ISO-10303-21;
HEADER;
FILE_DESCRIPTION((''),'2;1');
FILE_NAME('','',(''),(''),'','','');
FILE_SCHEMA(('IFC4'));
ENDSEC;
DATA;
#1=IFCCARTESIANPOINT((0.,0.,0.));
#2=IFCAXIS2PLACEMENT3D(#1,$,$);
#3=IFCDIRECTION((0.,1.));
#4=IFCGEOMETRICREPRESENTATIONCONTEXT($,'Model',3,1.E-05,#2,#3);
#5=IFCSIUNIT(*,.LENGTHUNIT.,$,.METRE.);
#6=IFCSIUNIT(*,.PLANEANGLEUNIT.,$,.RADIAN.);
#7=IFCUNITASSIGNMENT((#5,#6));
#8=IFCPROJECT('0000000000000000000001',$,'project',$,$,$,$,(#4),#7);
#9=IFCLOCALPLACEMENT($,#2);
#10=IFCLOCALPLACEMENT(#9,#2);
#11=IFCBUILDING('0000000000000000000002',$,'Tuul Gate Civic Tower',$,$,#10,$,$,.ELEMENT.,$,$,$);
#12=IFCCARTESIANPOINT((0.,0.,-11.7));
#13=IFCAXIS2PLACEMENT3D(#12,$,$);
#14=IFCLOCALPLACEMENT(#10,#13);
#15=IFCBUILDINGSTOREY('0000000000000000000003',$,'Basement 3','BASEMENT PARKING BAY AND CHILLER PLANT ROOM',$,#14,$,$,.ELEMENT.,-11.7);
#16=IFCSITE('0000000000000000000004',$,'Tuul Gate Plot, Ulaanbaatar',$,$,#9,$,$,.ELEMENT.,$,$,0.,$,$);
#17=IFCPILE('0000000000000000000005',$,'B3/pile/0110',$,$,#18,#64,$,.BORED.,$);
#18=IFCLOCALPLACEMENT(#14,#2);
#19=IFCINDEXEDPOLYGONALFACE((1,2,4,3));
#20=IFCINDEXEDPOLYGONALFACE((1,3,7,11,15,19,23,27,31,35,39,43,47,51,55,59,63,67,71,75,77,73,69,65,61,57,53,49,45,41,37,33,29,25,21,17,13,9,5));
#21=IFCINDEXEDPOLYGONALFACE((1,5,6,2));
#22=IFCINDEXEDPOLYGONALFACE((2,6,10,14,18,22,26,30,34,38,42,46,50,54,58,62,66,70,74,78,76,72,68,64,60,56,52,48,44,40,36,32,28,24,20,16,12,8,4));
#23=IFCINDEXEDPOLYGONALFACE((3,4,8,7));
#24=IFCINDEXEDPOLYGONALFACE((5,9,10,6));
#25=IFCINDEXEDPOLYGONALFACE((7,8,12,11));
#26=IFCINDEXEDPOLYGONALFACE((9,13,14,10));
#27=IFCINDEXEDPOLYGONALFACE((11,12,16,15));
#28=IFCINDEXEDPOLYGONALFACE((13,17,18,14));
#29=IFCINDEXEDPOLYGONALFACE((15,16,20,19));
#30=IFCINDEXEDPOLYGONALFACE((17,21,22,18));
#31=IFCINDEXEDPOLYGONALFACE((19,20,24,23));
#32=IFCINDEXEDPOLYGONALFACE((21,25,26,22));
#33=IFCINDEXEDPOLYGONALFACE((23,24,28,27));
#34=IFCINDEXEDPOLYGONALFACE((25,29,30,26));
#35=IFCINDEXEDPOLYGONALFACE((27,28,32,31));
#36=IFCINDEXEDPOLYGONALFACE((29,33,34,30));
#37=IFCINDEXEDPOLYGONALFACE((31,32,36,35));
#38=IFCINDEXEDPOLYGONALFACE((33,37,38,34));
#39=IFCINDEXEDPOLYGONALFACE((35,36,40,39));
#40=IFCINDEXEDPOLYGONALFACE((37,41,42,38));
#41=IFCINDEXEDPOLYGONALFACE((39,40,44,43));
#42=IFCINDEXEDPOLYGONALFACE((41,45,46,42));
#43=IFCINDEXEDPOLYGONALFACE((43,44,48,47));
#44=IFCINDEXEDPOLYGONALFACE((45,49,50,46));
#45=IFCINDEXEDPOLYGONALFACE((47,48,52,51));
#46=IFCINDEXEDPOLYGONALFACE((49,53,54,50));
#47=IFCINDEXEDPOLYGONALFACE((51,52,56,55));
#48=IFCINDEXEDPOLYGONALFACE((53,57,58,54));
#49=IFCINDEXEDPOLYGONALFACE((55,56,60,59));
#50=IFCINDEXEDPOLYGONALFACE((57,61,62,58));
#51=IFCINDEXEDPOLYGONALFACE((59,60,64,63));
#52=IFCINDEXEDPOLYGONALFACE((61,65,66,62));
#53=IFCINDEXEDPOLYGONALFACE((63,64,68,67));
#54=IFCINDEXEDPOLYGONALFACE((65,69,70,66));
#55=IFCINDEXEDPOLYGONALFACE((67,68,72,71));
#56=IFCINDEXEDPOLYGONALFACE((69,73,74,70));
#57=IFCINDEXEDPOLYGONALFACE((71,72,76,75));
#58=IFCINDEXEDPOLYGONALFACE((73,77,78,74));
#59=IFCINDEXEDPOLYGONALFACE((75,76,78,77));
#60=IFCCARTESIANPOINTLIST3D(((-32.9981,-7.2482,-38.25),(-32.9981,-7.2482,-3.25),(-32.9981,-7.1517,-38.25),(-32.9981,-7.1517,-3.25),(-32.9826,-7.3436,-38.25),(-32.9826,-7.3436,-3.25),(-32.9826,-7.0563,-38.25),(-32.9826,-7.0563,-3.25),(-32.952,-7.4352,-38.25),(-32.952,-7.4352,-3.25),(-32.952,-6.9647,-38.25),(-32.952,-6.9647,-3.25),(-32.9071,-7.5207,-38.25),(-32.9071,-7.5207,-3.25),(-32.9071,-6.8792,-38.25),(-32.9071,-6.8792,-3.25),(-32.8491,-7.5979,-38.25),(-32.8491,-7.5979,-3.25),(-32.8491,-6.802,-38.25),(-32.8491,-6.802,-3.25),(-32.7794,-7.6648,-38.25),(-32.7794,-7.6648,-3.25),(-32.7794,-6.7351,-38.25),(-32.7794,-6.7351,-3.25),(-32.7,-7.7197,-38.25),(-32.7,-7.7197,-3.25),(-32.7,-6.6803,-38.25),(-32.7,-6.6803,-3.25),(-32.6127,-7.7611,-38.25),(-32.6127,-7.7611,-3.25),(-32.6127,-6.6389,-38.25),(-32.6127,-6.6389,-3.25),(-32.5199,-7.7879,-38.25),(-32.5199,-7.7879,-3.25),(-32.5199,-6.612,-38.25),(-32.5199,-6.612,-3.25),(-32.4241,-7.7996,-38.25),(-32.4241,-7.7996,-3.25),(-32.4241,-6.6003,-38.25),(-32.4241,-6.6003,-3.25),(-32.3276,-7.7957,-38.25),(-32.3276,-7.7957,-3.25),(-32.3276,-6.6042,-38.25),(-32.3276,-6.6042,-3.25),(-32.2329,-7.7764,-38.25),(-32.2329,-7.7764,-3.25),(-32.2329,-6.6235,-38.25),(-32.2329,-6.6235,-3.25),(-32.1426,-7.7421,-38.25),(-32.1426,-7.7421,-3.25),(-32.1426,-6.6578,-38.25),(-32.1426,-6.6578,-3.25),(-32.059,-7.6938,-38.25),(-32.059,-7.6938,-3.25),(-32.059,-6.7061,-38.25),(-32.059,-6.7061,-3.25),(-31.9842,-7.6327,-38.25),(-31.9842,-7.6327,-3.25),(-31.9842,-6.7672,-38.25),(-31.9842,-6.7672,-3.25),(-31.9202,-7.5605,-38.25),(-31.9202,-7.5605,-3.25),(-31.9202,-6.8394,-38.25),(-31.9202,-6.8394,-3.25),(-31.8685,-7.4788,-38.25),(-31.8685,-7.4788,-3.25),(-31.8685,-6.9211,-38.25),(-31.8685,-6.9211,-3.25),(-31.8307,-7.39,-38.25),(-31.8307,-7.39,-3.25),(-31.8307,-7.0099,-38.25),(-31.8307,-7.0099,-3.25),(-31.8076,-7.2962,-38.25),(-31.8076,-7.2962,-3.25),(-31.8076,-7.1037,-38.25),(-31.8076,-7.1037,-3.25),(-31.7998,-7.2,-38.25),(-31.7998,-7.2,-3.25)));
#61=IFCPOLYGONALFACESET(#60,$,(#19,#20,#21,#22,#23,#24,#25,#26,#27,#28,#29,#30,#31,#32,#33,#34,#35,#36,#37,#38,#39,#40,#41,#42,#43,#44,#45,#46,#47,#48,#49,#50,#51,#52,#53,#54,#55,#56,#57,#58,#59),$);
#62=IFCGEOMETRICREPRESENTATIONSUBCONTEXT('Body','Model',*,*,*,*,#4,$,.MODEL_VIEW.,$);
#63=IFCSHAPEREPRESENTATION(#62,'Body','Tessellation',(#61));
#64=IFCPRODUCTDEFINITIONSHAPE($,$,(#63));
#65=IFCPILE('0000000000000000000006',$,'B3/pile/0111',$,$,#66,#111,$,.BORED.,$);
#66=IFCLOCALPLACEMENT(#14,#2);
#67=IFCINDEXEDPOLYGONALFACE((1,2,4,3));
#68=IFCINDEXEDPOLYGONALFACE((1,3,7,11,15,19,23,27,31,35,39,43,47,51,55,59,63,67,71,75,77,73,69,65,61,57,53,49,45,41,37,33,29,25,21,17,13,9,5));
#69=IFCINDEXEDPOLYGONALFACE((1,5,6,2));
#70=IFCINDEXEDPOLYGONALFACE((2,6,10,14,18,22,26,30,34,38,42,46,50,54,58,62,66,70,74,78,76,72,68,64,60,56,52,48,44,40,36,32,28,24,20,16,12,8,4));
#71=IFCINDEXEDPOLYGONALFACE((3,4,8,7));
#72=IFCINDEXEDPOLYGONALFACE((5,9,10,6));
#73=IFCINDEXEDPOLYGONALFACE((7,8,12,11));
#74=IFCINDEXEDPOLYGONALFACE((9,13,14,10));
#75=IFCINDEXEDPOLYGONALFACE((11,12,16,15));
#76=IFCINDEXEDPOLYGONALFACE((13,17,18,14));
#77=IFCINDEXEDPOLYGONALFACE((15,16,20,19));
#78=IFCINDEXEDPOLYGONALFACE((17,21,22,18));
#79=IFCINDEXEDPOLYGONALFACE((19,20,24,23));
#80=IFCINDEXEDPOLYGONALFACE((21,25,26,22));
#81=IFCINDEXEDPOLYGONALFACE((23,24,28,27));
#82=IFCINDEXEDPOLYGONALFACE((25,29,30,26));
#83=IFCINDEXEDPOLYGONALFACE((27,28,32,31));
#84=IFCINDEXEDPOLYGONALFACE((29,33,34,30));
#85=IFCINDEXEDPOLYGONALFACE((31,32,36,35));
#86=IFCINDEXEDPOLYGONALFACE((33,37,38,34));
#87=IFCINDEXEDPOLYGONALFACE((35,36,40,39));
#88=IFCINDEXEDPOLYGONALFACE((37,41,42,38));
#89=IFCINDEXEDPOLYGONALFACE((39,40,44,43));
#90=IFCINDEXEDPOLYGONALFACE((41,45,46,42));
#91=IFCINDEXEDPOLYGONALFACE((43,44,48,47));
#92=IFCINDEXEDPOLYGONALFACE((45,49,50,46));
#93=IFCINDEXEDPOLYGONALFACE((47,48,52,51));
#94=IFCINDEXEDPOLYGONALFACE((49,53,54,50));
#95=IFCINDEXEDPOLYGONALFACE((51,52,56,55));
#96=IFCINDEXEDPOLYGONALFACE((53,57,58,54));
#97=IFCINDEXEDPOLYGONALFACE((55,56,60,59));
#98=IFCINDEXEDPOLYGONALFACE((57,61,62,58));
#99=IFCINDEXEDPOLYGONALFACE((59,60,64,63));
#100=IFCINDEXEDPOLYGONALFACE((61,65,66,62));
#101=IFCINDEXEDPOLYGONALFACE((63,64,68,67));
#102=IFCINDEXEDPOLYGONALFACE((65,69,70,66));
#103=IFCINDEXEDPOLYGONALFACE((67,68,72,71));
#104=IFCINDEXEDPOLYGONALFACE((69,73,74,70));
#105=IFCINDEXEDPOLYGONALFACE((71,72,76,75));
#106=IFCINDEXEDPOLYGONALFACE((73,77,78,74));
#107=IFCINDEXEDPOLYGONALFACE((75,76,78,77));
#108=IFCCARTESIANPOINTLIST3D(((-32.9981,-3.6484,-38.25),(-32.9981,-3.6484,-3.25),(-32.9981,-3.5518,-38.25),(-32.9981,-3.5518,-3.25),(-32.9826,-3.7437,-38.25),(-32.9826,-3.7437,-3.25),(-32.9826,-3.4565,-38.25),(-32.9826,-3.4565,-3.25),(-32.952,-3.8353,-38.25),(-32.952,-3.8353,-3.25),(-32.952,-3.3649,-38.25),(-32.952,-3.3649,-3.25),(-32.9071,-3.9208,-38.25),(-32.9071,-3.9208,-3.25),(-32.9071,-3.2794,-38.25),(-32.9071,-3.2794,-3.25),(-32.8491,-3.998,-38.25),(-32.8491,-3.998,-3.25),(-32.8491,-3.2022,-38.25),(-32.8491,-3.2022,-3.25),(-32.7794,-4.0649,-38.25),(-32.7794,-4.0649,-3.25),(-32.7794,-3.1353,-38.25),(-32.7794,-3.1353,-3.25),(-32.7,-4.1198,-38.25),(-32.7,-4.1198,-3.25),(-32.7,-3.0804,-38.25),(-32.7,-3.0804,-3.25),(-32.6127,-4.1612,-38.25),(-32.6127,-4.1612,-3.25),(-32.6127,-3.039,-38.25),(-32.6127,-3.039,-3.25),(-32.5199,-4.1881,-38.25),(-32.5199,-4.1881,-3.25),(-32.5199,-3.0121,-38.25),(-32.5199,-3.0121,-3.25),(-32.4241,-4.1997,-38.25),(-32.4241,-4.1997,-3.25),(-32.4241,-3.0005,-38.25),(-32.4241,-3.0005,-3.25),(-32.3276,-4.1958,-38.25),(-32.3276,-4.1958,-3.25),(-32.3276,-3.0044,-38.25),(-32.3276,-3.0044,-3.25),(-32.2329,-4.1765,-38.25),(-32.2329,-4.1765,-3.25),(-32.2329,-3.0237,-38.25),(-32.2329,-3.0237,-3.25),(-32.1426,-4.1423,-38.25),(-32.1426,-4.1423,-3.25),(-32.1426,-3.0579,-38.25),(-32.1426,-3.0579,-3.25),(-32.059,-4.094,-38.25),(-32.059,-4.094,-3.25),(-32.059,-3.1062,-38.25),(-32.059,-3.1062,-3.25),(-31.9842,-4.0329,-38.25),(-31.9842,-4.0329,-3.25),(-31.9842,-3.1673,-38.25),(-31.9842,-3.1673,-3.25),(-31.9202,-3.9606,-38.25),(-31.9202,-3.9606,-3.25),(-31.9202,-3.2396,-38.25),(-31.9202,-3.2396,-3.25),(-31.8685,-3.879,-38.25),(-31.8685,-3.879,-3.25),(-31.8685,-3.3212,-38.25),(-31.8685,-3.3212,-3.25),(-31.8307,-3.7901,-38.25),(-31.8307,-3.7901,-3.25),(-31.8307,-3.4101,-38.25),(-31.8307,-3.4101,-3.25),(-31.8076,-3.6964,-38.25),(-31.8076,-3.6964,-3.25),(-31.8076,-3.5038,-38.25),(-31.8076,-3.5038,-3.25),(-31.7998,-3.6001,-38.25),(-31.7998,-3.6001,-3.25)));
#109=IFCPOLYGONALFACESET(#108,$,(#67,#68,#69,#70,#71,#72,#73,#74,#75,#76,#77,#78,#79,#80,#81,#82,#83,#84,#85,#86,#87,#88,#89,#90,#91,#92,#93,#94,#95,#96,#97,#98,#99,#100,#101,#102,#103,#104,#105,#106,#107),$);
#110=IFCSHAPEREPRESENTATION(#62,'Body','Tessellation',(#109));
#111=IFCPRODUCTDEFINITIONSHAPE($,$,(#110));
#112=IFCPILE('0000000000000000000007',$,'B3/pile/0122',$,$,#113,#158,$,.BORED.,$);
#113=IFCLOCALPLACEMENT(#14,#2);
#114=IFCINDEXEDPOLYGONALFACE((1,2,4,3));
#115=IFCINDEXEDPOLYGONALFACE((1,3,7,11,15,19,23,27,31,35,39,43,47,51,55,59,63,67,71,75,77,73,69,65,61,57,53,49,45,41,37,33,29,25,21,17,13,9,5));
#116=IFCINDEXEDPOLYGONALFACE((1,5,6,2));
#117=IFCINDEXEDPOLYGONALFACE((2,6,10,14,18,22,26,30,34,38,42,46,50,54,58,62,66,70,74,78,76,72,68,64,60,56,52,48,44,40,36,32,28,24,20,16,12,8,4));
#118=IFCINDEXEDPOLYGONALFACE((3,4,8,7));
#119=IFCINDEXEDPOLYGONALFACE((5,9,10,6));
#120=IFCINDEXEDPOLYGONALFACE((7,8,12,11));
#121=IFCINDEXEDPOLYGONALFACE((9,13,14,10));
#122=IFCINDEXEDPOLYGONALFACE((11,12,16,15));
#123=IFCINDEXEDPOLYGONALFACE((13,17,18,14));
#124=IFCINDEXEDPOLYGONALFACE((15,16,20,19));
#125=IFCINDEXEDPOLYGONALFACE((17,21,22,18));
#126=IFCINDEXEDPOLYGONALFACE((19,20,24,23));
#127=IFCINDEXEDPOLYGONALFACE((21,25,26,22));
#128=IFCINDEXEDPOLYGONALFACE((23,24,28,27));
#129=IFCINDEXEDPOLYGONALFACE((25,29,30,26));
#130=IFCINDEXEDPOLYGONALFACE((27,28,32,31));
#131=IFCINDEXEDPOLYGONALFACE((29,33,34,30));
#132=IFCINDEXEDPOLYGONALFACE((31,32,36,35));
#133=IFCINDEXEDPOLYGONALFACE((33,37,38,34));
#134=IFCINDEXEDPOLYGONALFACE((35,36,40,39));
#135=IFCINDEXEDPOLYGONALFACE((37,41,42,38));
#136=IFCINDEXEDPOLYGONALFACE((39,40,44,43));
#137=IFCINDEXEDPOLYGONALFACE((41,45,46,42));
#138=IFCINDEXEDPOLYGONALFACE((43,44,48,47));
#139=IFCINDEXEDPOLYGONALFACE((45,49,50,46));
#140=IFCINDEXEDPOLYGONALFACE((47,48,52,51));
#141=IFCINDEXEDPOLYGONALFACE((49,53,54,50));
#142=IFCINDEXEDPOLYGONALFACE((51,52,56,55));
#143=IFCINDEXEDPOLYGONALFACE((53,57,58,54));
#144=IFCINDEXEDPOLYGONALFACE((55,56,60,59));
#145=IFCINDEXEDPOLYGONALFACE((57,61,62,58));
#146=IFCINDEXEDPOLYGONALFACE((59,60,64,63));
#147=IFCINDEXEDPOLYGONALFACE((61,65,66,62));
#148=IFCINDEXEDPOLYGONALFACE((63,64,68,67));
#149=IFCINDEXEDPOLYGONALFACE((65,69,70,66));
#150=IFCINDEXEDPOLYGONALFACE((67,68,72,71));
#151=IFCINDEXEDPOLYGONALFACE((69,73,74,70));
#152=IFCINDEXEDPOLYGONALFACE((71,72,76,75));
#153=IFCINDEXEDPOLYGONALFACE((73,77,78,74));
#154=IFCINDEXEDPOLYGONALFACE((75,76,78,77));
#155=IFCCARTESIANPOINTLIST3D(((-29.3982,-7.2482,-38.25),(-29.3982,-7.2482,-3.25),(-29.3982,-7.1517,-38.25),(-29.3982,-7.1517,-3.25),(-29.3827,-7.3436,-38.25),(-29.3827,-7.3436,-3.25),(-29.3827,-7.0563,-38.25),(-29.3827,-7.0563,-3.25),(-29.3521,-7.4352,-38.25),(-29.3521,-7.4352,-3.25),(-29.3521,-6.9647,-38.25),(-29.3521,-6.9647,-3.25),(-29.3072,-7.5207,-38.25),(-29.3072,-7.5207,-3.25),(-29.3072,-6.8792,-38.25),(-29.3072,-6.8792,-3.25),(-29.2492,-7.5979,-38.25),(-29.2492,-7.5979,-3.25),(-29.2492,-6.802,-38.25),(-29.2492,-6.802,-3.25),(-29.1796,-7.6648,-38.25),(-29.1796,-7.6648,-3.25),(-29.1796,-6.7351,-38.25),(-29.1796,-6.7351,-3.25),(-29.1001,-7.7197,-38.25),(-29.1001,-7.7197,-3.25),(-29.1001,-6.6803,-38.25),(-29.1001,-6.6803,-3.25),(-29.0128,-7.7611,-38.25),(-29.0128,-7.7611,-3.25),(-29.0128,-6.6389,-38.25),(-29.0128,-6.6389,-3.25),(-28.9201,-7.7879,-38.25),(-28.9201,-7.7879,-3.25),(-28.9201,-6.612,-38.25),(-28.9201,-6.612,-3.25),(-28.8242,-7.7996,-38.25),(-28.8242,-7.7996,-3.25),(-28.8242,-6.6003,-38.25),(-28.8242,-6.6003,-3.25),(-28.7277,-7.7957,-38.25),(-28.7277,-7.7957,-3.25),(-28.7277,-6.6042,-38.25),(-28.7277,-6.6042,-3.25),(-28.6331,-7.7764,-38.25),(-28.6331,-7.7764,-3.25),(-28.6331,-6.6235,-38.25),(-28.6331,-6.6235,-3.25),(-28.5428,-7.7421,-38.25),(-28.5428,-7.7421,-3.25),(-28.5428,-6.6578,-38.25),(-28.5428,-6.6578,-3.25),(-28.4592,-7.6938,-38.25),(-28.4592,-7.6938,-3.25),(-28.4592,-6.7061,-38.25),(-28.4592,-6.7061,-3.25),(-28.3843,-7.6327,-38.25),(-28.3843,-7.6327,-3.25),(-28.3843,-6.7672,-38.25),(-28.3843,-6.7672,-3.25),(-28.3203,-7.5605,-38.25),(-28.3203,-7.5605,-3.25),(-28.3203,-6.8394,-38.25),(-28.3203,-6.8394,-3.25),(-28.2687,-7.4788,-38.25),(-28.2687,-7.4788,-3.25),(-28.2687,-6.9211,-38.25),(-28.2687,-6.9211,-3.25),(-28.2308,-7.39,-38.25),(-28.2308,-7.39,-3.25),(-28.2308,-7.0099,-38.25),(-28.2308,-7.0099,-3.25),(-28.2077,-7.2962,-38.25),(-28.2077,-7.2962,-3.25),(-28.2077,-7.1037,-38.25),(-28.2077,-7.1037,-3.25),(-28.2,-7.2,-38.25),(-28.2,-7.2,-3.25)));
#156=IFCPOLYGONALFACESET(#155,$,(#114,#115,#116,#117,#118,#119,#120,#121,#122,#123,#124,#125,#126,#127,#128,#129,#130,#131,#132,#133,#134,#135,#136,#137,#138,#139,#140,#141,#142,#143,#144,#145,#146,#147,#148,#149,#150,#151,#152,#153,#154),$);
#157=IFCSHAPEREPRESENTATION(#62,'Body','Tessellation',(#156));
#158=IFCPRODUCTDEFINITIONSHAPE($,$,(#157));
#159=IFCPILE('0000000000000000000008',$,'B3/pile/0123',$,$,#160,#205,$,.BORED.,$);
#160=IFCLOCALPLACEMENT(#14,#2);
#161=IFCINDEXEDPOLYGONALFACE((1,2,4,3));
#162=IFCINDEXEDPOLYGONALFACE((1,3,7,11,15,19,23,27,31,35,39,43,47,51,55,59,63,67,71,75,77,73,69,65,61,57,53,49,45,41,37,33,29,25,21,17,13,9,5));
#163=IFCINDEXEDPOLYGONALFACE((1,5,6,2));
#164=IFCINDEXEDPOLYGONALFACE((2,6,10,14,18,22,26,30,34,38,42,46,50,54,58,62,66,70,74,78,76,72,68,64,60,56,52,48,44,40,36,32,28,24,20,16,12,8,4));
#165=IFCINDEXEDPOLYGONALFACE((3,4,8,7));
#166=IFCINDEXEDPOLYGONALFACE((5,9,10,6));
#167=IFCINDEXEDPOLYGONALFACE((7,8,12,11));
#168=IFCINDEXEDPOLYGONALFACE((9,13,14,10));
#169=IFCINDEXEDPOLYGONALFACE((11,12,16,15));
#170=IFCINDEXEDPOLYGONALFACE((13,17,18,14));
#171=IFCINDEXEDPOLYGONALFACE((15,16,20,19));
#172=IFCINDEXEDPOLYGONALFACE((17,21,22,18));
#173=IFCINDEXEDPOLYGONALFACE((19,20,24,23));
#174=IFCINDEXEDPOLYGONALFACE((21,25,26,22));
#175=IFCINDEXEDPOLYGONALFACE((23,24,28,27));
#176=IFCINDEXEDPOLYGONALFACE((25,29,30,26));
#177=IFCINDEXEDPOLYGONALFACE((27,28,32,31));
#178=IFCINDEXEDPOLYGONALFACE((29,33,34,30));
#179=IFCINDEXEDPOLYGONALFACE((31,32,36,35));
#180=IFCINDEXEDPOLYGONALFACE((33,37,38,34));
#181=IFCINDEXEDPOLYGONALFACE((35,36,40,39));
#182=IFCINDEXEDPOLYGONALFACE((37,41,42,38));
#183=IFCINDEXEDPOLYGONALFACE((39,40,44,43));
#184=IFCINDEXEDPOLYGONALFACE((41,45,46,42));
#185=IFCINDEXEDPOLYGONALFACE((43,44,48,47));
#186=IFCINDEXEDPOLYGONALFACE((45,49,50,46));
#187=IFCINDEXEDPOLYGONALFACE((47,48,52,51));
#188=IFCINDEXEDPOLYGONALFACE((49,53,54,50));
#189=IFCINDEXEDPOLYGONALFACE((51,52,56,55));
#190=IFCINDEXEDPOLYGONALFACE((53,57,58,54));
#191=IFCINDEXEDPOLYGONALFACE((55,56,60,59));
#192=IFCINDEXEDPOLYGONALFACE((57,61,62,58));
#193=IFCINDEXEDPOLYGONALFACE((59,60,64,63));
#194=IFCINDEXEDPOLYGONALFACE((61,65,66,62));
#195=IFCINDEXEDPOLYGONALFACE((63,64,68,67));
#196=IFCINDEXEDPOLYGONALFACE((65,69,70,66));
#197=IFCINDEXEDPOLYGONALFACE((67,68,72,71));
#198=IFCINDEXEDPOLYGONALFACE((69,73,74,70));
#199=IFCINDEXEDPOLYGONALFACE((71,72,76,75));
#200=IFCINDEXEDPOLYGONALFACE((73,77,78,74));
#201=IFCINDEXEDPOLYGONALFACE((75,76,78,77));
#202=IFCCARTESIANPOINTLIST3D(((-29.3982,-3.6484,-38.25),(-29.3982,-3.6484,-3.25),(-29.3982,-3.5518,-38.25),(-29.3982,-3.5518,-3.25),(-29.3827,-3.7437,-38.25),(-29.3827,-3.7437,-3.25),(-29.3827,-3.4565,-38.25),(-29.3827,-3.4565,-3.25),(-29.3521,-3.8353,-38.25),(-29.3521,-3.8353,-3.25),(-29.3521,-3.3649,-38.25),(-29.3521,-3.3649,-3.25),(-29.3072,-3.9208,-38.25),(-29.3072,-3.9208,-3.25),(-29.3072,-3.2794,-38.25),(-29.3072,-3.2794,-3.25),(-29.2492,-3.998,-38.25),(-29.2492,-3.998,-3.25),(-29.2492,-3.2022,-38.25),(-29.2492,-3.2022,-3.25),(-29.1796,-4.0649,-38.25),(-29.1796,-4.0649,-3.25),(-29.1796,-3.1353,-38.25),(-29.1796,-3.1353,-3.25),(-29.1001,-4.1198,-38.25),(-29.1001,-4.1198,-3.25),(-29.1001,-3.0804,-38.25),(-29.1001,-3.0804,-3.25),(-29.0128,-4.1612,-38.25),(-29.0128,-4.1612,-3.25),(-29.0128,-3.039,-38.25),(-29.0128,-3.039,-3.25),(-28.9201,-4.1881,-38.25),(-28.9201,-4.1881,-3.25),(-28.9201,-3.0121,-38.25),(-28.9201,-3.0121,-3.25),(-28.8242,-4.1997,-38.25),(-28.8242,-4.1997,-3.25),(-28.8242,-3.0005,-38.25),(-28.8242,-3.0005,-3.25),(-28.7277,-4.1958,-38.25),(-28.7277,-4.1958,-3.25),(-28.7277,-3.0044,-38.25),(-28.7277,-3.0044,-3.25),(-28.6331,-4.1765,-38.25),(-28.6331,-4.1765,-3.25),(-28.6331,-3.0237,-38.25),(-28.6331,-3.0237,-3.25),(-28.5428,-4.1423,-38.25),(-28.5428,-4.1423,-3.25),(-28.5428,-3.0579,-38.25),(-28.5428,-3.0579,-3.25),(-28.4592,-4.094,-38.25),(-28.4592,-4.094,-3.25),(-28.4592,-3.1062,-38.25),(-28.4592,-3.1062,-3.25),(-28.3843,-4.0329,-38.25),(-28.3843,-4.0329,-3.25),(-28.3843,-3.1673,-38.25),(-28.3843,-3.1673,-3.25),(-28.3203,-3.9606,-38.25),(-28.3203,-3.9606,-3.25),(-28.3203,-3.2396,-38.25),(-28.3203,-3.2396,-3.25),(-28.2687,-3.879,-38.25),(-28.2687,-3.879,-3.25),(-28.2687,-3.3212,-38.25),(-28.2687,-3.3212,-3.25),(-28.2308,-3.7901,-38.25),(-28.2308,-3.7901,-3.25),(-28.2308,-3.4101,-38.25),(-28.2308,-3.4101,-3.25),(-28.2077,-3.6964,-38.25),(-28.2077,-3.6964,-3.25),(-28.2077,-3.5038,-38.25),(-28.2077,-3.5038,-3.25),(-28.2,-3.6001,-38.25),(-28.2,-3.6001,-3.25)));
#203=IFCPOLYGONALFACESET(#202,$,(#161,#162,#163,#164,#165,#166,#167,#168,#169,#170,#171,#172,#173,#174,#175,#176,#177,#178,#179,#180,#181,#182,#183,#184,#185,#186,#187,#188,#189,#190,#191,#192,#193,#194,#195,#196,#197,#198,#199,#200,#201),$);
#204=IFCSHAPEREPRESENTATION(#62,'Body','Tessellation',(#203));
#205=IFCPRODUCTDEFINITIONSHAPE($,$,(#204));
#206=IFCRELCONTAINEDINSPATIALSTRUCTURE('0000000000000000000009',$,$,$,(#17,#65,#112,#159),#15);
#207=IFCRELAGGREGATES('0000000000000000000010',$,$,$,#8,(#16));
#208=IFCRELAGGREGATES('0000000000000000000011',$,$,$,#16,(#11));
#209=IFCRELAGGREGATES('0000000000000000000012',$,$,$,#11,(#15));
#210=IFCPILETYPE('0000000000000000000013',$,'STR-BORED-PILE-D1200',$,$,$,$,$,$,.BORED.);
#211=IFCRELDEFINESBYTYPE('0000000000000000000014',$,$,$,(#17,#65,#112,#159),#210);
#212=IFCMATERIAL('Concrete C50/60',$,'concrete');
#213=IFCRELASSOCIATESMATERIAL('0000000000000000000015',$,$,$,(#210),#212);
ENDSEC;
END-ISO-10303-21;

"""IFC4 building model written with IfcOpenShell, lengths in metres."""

from ifc_helpers import new_model, si_unit, direction, frame, origin, origin_2d, place, context, subcontext, project, spatial, circle, extrude, material, material_profile, profile_set, type_object, element, save


model = new_model("IFC4")

# Units and contexts
model_context = context("Model", 3, precision=1e-05, world=origin(), true_north=direction((0.0, 1.0)))
body_context = subcontext(model_context, "Body", "Model", "MODEL_VIEW")
ifc_project = project(units=[si_unit("LENGTHUNIT", "METRE"), si_unit("PLANEANGLEUNIT", "RADIAN")], contexts=[model_context])

# Site, building, storey
site_placement = place(None, origin())
site = spatial("IfcSite", under=ifc_project, at=site_placement, Name="Tuul Gate Plot, Ulaanbaatar", CompositionType="ELEMENT", RefElevation=0.0)
building_placement = place(site_placement, origin())
building = spatial("IfcBuilding", under=site, at=building_placement, Name="Tuul Gate Civic Tower", CompositionType="ELEMENT")
storey_placement = place(building_placement, frame((0.0, 0.0, -11.7)))
storey = spatial("IfcBuildingStorey", under=building, at=storey_placement, Name="Basement 3", Description="BASEMENT PARKING BAY AND CHILLER PLANT ROOM", CompositionType="ELEMENT", Elevation=-11.7)

# Piles
ifc_material_1 = material(Name="Concrete C50/60", Category="concrete")
ifc_material_profile = material_profile(ifc_material_1, circle(Radius=0.6001, at=origin_2d()), Name="PILE1200")
ifc_profile_set = profile_set([ifc_material_profile], Name="Concrete C50/60")
pile_type = type_object("IfcPileType", Name="STR-BORED-PILE-D1200", PredefinedType="BORED", material=ifc_profile_set)
for number, where, z_axis, x_axis, name in (
    (1, (-32.3999, -7.2, -3.25), (0.0, 0.0, -1.0), (1.0, 0.0, 0.0), "B3/pile/0110"),
    (2, (-32.3999, -3.6001, -3.25), (0.0, 0.0, -1.0), (1.0, 0.0, 0.0), "B3/pile/0111"),
    (3, (-28.8, -7.2, -3.25), (0.0, 0.0, -1.0), (1.0, 0.0, 0.0), "B3/pile/0122"),
    (4, (-28.8, -3.6001, -3.25), (0.0, 0.0, -1.0), (1.0, 0.0, 0.0), "B3/pile/0123"),
):
    element("IfcPile", number, at=place(storey_placement, frame(where, z_axis=z_axis, x_axis=x_axis)), inside=storey, type_object=pile_type, Name=name, PredefinedType="BORED", context=body_context, shape_type="SweptSolid", body=[
        extrude(circle(Radius=0.6001, at=origin_2d()), origin(), (0.0, 0.0, 1.0), 35.0),
    ])

save(model, "model.ifc")
